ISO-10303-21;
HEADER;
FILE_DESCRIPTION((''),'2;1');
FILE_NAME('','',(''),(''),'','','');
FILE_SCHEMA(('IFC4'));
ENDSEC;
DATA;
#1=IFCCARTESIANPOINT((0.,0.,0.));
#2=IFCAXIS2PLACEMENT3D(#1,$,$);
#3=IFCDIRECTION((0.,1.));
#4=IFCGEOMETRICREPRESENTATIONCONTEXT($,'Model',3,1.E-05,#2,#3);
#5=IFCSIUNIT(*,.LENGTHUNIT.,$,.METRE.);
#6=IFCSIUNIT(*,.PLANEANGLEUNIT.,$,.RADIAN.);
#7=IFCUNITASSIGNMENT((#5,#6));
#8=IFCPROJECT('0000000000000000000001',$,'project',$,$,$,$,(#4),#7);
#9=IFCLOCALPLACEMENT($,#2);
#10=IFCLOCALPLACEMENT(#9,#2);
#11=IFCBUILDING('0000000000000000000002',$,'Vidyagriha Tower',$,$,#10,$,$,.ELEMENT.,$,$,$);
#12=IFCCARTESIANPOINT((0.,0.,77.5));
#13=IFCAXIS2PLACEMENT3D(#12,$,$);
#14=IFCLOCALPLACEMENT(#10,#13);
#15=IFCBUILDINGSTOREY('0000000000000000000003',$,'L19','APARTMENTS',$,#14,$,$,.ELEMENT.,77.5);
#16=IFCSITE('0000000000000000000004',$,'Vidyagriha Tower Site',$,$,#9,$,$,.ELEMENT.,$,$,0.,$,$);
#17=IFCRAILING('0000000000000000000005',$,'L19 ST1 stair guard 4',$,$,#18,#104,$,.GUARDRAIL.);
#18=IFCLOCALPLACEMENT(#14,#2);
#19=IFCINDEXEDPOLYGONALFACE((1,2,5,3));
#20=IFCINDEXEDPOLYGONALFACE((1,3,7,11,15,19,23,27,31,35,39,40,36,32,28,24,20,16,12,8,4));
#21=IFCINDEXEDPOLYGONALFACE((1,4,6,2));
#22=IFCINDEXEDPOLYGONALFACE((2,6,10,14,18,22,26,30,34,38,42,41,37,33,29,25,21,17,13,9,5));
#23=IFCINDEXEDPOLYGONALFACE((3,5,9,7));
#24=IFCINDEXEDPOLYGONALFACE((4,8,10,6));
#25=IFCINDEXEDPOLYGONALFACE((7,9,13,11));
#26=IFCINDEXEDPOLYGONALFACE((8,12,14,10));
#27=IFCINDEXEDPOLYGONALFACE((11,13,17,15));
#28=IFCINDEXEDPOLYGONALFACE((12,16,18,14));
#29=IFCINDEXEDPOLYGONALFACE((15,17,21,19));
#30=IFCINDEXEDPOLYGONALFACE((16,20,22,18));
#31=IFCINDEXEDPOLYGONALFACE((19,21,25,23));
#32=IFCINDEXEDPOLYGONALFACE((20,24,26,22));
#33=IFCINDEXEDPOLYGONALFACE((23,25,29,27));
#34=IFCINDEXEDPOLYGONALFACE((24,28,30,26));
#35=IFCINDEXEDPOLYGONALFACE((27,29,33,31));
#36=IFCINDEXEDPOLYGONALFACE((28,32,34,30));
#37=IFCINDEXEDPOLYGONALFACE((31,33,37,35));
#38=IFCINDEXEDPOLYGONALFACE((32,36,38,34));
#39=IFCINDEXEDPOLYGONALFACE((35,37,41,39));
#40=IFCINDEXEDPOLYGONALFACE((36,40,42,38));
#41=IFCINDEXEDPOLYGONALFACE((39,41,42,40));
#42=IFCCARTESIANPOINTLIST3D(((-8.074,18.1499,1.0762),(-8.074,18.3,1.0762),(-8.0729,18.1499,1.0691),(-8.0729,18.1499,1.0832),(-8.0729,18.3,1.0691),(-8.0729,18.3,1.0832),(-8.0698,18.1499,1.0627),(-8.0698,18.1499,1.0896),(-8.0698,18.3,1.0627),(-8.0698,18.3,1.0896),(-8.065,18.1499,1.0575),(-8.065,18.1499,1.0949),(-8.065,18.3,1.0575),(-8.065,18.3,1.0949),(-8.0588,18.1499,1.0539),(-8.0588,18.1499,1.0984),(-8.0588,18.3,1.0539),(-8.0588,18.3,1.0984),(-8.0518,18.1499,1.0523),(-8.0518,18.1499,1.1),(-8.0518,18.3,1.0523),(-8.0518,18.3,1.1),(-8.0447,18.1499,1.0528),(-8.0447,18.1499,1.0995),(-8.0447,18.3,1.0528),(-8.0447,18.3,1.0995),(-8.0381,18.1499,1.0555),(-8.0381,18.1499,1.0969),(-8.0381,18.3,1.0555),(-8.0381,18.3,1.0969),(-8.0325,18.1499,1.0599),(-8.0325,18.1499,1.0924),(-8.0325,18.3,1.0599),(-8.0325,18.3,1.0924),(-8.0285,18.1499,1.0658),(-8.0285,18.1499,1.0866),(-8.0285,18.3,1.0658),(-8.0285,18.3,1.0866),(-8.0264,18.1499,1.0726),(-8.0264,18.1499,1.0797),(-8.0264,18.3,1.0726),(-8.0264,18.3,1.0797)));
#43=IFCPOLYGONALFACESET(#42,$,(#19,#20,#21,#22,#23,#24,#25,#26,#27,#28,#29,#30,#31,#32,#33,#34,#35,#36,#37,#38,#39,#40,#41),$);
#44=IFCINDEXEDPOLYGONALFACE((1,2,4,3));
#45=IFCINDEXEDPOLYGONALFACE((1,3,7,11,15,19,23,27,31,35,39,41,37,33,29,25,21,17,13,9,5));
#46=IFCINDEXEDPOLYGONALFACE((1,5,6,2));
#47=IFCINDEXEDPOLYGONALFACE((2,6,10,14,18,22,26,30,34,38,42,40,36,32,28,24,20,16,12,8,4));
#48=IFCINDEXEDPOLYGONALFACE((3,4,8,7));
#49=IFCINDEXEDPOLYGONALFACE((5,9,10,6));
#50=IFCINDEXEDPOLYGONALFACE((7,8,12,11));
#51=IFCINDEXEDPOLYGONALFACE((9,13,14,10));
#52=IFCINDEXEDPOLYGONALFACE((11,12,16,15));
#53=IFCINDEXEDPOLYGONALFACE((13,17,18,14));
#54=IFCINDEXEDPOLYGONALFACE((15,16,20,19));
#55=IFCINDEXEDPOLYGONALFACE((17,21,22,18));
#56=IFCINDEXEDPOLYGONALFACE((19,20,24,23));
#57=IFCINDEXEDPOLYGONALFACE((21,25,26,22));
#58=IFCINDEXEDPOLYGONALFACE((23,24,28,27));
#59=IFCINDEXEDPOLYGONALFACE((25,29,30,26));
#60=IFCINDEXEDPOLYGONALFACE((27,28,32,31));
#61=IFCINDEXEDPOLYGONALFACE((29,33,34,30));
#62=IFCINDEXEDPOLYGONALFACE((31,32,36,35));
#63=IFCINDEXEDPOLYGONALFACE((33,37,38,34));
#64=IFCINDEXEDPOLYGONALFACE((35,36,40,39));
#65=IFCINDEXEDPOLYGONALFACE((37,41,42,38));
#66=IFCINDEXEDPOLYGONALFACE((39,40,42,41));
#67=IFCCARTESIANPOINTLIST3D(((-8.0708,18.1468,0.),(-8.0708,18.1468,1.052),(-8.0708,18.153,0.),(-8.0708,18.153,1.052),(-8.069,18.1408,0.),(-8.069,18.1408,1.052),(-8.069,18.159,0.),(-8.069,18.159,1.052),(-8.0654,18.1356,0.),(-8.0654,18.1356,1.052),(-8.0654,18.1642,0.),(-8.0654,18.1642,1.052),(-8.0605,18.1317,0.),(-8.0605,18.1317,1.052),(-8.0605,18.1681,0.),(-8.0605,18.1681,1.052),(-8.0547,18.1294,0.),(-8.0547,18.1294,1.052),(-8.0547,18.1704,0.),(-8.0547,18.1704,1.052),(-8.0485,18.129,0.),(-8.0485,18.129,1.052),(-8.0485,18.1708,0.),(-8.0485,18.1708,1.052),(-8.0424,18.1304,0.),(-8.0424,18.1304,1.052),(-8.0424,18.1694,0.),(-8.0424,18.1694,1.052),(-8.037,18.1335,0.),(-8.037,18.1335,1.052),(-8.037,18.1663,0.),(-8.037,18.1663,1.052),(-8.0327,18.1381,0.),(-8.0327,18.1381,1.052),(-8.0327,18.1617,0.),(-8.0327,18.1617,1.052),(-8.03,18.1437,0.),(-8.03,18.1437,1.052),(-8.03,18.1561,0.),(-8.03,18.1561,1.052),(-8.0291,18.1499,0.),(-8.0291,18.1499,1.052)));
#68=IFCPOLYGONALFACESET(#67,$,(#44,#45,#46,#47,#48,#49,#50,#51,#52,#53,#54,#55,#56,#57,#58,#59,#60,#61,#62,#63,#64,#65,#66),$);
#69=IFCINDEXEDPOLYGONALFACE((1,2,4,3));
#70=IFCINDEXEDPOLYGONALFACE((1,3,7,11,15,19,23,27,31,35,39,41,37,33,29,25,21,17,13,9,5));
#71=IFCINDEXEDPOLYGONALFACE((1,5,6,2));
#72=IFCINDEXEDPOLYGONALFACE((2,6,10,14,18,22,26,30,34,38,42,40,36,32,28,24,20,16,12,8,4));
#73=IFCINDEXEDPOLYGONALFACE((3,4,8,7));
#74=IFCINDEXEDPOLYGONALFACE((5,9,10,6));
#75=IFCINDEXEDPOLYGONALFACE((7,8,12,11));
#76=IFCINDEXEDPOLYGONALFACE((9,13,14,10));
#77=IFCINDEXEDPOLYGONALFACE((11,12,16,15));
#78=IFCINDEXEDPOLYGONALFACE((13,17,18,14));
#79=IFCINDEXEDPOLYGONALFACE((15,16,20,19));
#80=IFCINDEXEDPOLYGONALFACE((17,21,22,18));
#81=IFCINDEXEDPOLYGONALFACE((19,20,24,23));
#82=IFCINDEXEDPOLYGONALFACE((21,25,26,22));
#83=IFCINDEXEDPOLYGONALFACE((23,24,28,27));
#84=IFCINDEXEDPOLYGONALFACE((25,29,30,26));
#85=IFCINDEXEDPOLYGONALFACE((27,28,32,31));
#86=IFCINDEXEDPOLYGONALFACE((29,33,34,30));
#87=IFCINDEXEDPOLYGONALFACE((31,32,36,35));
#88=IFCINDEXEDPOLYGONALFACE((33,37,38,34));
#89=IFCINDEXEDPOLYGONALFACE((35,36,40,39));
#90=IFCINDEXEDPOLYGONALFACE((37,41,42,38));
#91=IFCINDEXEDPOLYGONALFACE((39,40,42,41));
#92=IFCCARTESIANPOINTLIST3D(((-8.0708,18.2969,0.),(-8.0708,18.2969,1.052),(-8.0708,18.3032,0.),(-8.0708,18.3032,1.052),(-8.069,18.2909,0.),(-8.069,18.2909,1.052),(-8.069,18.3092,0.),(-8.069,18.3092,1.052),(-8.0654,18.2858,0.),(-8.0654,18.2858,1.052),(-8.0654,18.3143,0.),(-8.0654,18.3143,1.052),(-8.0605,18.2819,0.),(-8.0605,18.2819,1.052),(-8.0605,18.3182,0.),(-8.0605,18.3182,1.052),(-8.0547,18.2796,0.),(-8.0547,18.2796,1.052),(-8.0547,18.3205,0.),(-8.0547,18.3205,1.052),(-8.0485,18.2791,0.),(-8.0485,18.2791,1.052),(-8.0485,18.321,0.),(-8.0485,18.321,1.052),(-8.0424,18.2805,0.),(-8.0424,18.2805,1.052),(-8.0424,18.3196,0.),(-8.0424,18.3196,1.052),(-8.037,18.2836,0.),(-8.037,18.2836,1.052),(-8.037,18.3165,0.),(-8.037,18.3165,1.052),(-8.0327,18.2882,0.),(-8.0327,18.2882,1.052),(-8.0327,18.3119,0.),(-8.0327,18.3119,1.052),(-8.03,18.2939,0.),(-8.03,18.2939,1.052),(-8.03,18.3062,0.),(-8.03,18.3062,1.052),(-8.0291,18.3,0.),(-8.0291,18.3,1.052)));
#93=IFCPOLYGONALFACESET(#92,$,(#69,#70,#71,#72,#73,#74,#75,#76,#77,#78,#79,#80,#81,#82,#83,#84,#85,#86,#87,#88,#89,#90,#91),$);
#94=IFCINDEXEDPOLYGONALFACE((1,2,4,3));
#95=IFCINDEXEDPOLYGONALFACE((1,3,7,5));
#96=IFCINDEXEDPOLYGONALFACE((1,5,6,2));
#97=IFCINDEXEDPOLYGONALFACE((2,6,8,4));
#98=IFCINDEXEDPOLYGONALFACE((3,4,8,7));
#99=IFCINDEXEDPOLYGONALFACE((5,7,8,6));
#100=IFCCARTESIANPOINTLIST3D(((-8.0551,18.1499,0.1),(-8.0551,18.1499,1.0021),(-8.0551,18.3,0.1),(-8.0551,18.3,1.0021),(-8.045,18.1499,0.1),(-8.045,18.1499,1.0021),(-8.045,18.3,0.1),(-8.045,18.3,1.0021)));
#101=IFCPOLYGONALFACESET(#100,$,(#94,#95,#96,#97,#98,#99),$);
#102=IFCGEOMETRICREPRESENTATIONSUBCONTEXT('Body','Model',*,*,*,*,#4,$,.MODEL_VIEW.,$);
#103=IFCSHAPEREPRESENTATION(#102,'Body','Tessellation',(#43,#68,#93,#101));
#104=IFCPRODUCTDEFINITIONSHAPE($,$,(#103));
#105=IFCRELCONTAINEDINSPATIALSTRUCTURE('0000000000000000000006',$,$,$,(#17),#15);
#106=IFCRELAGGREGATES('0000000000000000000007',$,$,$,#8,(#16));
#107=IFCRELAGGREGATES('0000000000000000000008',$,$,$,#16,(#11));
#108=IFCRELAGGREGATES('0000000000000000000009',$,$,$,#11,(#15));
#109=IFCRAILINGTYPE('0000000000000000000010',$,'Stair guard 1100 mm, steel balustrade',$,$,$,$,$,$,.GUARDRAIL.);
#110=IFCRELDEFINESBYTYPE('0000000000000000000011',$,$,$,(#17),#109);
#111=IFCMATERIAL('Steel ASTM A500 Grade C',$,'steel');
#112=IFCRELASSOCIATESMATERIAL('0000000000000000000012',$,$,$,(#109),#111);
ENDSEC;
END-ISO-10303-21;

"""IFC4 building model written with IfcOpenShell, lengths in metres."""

from ifc_helpers import new_model, si_unit, direction, frame, origin, origin_2d, place, context, subcontext, project, spatial, rectangle, circle, extrude, material, type_object, element, save


model = new_model("IFC4")

# Units and contexts
model_context = context("Model", 3, precision=1e-05, world=origin(), true_north=direction((0.0, 1.0)))
body_context = subcontext(model_context, "Body", "Model", "MODEL_VIEW")
ifc_project = project(units=[si_unit("LENGTHUNIT", "METRE"), si_unit("PLANEANGLEUNIT", "RADIAN")], contexts=[model_context])

# Site, building, storey
site_placement = place(None, origin())
site = spatial("IfcSite", under=ifc_project, at=site_placement, Name="Vidyagriha Tower Site", CompositionType="ELEMENT", RefElevation=0.0)
building_placement = place(site_placement, origin())
building = spatial("IfcBuilding", under=site, at=building_placement, Name="Vidyagriha Tower", CompositionType="ELEMENT")
storey_placement = place(building_placement, frame((0.0, 0.0, 77.5)))
storey = spatial("IfcBuildingStorey", under=building, at=storey_placement, Name="L19", Description="APARTMENTS", CompositionType="ELEMENT", Elevation=77.5)

# Railing
ifc_material_1 = material(Name="Steel ASTM A500 Grade C", Category="steel")
railing_type_1 = type_object("IfcRailingType", Name="Stair guard 1100 mm, steel balustrade", PredefinedType="GUARDRAIL", material=ifc_material_1)
railing_1_placement = place(storey_placement, frame((-8.05, 18.1499, 0.0)))
element("IfcRailing", 1, at=railing_1_placement, inside=storey, type_object=railing_type_1, Name="L19 ST1 stair guard 4", PredefinedType="GUARDRAIL", context=body_context, shape_type="SweptSolid", body=[
    extrude(circle(Radius=0.0239, at=origin_2d()), frame((0.0, 0.0, 1.0762), z_axis=(0.0, 1.0, 0.0), x_axis=(-1.0, 0.0, 0.0)), (0.0, 0.0, 1.0), 0.1501),
    extrude(circle(Radius=0.021, at=origin_2d()), origin(), (0.0, 0.0, 1.0), 1.052),
    extrude(circle(Radius=0.021, at=origin_2d()), frame((0.0, 0.1501, 0.0)), (0.0, 0.0, 1.0), 1.052),
    extrude(rectangle(XDim=0.01, YDim=0.9021, at=origin_2d()), frame((0.0, 0.0, 0.551), z_axis=(0.0, 1.0, 0.0), x_axis=(-1.0, 0.0, 0.0)), (0.0, 0.0, 1.0), 0.1501),
])

save(model, "model.ifc")
